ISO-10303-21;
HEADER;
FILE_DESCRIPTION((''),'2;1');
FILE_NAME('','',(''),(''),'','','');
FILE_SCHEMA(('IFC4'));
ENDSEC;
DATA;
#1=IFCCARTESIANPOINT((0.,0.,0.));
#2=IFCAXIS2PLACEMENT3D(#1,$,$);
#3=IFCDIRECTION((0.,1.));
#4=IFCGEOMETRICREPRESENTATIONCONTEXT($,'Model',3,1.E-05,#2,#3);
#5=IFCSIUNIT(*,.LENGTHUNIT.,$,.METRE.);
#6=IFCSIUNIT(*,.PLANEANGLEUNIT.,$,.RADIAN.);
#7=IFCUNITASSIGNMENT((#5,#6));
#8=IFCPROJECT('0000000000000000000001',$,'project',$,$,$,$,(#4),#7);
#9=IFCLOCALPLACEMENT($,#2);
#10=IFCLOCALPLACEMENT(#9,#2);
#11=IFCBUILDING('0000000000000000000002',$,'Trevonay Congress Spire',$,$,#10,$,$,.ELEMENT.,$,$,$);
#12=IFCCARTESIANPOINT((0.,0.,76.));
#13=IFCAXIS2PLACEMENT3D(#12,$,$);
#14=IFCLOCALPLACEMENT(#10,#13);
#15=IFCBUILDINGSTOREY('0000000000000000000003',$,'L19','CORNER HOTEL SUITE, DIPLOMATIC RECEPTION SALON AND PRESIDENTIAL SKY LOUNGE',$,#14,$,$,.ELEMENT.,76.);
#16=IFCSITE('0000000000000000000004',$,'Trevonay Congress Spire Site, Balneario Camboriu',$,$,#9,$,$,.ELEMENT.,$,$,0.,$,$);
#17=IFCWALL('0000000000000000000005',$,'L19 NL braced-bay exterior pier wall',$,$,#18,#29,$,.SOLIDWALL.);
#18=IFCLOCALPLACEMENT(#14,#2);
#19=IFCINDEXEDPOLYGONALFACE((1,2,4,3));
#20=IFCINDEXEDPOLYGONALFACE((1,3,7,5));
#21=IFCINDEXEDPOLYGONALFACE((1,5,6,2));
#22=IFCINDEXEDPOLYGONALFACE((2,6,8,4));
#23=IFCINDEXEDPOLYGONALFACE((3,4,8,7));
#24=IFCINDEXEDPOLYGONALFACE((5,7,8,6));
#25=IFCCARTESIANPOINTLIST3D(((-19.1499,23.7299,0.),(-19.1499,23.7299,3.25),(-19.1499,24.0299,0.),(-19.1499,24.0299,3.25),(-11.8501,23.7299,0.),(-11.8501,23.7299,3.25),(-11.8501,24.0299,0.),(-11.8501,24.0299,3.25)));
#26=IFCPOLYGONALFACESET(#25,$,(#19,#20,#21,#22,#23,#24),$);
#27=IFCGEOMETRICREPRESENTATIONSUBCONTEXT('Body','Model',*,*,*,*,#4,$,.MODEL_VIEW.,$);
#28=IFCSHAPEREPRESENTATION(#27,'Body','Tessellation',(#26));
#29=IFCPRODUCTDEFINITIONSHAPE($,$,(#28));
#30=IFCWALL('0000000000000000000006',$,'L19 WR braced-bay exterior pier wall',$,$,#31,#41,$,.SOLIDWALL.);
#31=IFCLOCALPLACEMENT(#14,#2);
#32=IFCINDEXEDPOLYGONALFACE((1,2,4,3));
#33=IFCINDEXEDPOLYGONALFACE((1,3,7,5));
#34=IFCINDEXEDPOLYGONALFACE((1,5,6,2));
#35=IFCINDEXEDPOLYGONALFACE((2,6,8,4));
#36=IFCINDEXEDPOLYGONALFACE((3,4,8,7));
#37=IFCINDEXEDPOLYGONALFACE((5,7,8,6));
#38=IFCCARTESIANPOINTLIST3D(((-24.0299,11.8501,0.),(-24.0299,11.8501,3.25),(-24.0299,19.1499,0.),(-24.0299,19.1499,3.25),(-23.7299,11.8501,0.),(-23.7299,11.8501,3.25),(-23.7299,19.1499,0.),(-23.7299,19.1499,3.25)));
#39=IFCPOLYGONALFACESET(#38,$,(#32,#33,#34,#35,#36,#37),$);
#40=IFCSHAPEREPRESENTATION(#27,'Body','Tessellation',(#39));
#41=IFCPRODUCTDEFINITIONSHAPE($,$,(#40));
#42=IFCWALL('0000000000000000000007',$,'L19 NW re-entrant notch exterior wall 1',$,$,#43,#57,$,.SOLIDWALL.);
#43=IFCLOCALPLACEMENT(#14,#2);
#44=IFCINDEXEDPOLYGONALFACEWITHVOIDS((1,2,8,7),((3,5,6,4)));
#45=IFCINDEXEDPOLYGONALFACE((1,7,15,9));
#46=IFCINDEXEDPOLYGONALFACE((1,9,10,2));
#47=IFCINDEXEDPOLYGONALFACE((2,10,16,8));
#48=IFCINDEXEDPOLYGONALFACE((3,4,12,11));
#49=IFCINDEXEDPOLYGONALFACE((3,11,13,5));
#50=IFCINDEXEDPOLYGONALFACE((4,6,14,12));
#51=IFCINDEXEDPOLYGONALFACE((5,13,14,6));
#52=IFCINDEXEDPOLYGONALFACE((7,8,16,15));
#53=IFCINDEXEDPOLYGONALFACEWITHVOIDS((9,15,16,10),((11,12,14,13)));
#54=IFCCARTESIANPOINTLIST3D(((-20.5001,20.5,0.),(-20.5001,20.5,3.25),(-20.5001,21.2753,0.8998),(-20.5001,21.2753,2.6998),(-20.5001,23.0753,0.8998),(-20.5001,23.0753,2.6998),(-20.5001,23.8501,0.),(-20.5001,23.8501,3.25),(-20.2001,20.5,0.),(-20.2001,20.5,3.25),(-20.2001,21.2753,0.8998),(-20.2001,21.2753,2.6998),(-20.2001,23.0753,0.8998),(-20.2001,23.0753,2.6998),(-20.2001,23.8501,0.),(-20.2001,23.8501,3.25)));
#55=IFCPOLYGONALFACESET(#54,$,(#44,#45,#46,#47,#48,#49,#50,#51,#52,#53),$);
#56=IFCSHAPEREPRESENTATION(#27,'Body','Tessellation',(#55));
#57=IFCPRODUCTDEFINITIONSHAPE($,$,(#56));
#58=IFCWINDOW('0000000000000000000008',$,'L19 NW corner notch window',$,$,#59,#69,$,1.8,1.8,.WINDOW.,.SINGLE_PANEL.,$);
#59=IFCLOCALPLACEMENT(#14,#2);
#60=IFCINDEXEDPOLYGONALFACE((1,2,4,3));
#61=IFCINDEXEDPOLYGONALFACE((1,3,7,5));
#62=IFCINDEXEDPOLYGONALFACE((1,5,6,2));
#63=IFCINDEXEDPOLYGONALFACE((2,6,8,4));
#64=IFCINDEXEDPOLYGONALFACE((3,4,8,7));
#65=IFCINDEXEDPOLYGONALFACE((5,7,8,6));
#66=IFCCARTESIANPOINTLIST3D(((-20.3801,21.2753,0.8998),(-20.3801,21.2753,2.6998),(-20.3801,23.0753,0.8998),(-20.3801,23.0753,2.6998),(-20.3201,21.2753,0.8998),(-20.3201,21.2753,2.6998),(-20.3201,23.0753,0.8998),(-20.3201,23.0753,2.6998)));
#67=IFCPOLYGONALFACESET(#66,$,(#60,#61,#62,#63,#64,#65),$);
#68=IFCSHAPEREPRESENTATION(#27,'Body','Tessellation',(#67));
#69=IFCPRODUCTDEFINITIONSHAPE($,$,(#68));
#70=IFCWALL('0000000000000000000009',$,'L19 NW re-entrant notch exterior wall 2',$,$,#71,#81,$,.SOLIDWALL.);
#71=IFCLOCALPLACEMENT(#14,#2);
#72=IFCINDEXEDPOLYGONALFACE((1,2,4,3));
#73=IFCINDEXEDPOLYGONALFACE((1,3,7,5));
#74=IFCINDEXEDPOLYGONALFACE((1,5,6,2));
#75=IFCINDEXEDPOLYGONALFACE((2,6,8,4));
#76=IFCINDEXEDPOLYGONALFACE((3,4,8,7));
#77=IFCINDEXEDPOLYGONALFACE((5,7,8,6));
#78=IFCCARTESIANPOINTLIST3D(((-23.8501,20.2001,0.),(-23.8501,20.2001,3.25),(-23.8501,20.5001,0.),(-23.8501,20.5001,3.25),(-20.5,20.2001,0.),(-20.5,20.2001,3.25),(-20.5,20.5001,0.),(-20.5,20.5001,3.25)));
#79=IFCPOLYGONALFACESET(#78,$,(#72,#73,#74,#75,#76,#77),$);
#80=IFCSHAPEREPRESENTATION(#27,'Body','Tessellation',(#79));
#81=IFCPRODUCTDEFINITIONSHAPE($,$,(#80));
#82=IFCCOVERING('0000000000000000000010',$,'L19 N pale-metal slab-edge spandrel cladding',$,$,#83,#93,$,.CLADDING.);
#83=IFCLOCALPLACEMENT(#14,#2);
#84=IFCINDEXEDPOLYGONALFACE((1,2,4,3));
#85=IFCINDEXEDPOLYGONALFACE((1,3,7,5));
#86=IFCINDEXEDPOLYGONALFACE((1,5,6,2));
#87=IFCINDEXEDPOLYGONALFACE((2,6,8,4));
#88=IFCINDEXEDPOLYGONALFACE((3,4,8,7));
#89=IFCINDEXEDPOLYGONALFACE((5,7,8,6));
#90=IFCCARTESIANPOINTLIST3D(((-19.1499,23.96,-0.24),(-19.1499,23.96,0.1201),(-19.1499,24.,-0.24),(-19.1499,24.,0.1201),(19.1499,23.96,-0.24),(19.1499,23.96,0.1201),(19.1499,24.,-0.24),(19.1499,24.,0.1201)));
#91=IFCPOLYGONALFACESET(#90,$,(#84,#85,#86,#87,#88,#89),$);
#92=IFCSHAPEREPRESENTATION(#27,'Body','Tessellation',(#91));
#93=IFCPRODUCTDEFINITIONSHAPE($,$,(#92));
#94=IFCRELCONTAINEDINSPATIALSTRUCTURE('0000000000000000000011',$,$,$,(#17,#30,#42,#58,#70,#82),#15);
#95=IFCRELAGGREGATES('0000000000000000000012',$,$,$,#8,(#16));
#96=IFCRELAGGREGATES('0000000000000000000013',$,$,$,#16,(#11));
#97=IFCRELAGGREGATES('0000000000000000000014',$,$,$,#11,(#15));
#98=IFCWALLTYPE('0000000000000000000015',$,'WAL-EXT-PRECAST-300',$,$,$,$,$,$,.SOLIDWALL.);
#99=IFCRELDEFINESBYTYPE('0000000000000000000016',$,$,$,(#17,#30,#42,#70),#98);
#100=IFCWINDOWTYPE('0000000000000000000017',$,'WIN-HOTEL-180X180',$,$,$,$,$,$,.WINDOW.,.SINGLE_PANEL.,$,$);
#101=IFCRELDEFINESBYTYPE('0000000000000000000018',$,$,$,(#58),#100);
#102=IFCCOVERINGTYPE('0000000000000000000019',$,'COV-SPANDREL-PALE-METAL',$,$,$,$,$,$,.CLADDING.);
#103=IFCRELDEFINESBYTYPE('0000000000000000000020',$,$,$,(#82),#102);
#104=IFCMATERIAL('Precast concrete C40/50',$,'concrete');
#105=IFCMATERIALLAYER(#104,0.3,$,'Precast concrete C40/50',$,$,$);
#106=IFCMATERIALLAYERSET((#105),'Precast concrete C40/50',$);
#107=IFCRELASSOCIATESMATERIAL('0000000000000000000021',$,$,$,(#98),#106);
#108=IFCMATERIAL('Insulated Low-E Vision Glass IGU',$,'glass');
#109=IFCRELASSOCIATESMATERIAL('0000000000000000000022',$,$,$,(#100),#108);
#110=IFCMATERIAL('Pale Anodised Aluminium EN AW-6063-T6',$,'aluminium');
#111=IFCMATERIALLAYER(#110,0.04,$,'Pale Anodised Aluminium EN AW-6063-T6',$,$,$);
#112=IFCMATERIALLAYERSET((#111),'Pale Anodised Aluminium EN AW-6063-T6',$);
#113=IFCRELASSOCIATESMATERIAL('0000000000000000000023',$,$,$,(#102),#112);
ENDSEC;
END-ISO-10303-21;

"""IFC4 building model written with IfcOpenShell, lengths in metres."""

from ifc_helpers import new_model, si_unit, direction, frame, frame_2d, origin, place, context, subcontext, project, spatial, rectangle, extrude, material, layer, layer_set, type_object, element, fill, save


model = new_model("IFC4")

# Units and contexts
model_context = context("Model", 3, precision=1e-05, world=origin(), true_north=direction((0.0, 1.0)))
body_context = subcontext(model_context, "Body", "Model", "MODEL_VIEW")
ifc_project = project(units=[si_unit("LENGTHUNIT", "METRE"), si_unit("PLANEANGLEUNIT", "RADIAN")], contexts=[model_context])

# Site, building, storey
site_placement = place(None, origin())
site = spatial("IfcSite", under=ifc_project, at=site_placement, Name="Trevonay Congress Spire Site, Balneario Camboriu", CompositionType="ELEMENT", RefElevation=0.0)
building_placement = place(site_placement, origin())
building = spatial("IfcBuilding", under=site, at=building_placement, Name="Trevonay Congress Spire", CompositionType="ELEMENT")
storey_placement = place(building_placement, frame((0.0, 0.0, 76.0)))
storey = spatial("IfcBuildingStorey", under=building, at=storey_placement, Name="L19", Description="CORNER HOTEL SUITE, DIPLOMATIC RECEPTION SALON AND PRESIDENTIAL SKY LOUNGE", CompositionType="ELEMENT", Elevation=76.0)

# Shared definitions
ifc_material_1 = material(Name="Pale Anodised Aluminium EN AW-6063-T6", Category="aluminium")

# Shared definitions
ifc_material_2 = material(Name="Insulated Low-E Vision Glass IGU", Category="glass")

# Walls
ifc_material_3 = material(Name="Precast concrete C40/50", Category="concrete")
ifc_layer_1 = layer(ifc_material_3, 0.3, Name="Precast concrete C40/50")
ifc_layer_set_1 = layer_set([ifc_layer_1], Name="Precast concrete C40/50")
wall_type = type_object("IfcWallType", Name="WAL-EXT-PRECAST-300", PredefinedType="SOLIDWALL", material=ifc_layer_set_1)
for number, where, z_axis, x_axis, name in (
    (1, (-19.1499, 23.8799, 0.0), (0.0, 0.0, 1.0), (1.0, 0.0, 0.0), "L19 NL braced-bay exterior pier wall"),
    (2, (-23.8799, 11.8501, 0.0), (0.0, 0.0, 1.0), (0.0, 1.0, 0.0), "L19 WR braced-bay exterior pier wall"),
):
    element("IfcWall", number, at=place(storey_placement, frame(where, z_axis=z_axis, x_axis=x_axis)), inside=storey, type_object=wall_type, Name=name, PredefinedType="SOLIDWALL", context=body_context, shape_type="SweptSolid", body=[
        extrude(rectangle(XDim=7.2998, YDim=0.3, at=frame_2d((3.6499, 0.0))), origin(), (0.0, 0.0, 1.0), 3.25),
    ])

# Wall, opening, window
wall_1_placement = place(storey_placement, frame((-20.3501, 23.8501, 0.0), z_axis=(0.0, 0.0, 1.0), x_axis=(0.0, -1.0, 0.0)))
wall_1 = element("IfcWall", 3, at=wall_1_placement, inside=storey, type_object=wall_type, Name="L19 NW re-entrant notch exterior wall 1", PredefinedType="SOLIDWALL", context=body_context, shape_type="SweptSolid", body=[
    extrude(rectangle(XDim=3.3501, YDim=0.3, at=frame_2d((1.675, 0.0))), origin(), (0.0, 0.0, 1.0), 3.25),
])
opening_placement = place(wall_1_placement, frame((0.7749, 0.0, 0.8999)))
opening = element("IfcOpeningElement", 4, at=opening_placement, cuts=wall_1, PredefinedType="OPENING", context=body_context, shape_type="SweptSolid", body=[
    extrude(rectangle(XDim=1.8, YDim=1.8, at=frame_2d((0.8999, 0.8999))), frame((0.0, 0.1602, 0.0), z_axis=(0.0, -1.0, 0.0), x_axis=(1.0, 0.0, 0.0)), (0.0, 0.0, 1.0), 0.3201),
])
window_type = type_object("IfcWindowType", Name="WIN-HOTEL-180X180", PartitioningType="SINGLE_PANEL", PredefinedType="WINDOW", material=ifc_material_2)
window_placement = place(opening_placement, origin())
window = element("IfcWindow", 5, at=window_placement, inside=storey, type_object=window_type, Name="L19 NW corner notch window", OverallHeight=1.8, OverallWidth=1.8, PartitioningType="SINGLE_PANEL", PredefinedType="WINDOW", context=body_context, shape_type="SweptSolid", body=[
    extrude(rectangle(XDim=1.8, YDim=1.8, at=frame_2d((0.8999, 0.8999))), frame((0.0, 0.03, 0.0), z_axis=(0.0, -1.0, 0.0), x_axis=(1.0, 0.0, 0.0)), (0.0, 0.0, 1.0), 0.0601),
])
fill(opening, window)

# Wall
wall_2_placement = place(storey_placement, frame((-23.8501, 20.3501, 0.0), z_axis=(0.0, 0.0, 1.0), x_axis=(1.0, 0.0, 0.0)))
element("IfcWall", 6, at=wall_2_placement, inside=storey, type_object=wall_type, Name="L19 NW re-entrant notch exterior wall 2", PredefinedType="SOLIDWALL", context=body_context, shape_type="SweptSolid", body=[
    extrude(rectangle(XDim=3.3501, YDim=0.3, at=frame_2d((1.675, 0.0))), origin(), (0.0, 0.0, 1.0), 3.25),
])

# Covering
ifc_layer_2 = layer(ifc_material_1, 0.04, Name="Pale Anodised Aluminium EN AW-6063-T6")
ifc_layer_set_2 = layer_set([ifc_layer_2], Name="Pale Anodised Aluminium EN AW-6063-T6")
covering_type = type_object("IfcCoveringType", Name="COV-SPANDREL-PALE-METAL", PredefinedType="CLADDING", material=ifc_layer_set_2)
covering_placement = place(storey_placement, frame((-19.1499, 23.98, -0.24), z_axis=(0.0, 0.0, 1.0), x_axis=(1.0, 0.0, 0.0)))
element("IfcCovering", 7, at=covering_placement, inside=storey, type_object=covering_type, Name="L19 N pale-metal slab-edge spandrel cladding", PredefinedType="CLADDING", context=body_context, shape_type="SweptSolid", body=[
    extrude(rectangle(XDim=38.2998, YDim=0.04, at=frame_2d((19.1499, 0.0))), origin(), (0.0, 0.0, 1.0), 0.3601),
])

save(model, "model.ifc")
